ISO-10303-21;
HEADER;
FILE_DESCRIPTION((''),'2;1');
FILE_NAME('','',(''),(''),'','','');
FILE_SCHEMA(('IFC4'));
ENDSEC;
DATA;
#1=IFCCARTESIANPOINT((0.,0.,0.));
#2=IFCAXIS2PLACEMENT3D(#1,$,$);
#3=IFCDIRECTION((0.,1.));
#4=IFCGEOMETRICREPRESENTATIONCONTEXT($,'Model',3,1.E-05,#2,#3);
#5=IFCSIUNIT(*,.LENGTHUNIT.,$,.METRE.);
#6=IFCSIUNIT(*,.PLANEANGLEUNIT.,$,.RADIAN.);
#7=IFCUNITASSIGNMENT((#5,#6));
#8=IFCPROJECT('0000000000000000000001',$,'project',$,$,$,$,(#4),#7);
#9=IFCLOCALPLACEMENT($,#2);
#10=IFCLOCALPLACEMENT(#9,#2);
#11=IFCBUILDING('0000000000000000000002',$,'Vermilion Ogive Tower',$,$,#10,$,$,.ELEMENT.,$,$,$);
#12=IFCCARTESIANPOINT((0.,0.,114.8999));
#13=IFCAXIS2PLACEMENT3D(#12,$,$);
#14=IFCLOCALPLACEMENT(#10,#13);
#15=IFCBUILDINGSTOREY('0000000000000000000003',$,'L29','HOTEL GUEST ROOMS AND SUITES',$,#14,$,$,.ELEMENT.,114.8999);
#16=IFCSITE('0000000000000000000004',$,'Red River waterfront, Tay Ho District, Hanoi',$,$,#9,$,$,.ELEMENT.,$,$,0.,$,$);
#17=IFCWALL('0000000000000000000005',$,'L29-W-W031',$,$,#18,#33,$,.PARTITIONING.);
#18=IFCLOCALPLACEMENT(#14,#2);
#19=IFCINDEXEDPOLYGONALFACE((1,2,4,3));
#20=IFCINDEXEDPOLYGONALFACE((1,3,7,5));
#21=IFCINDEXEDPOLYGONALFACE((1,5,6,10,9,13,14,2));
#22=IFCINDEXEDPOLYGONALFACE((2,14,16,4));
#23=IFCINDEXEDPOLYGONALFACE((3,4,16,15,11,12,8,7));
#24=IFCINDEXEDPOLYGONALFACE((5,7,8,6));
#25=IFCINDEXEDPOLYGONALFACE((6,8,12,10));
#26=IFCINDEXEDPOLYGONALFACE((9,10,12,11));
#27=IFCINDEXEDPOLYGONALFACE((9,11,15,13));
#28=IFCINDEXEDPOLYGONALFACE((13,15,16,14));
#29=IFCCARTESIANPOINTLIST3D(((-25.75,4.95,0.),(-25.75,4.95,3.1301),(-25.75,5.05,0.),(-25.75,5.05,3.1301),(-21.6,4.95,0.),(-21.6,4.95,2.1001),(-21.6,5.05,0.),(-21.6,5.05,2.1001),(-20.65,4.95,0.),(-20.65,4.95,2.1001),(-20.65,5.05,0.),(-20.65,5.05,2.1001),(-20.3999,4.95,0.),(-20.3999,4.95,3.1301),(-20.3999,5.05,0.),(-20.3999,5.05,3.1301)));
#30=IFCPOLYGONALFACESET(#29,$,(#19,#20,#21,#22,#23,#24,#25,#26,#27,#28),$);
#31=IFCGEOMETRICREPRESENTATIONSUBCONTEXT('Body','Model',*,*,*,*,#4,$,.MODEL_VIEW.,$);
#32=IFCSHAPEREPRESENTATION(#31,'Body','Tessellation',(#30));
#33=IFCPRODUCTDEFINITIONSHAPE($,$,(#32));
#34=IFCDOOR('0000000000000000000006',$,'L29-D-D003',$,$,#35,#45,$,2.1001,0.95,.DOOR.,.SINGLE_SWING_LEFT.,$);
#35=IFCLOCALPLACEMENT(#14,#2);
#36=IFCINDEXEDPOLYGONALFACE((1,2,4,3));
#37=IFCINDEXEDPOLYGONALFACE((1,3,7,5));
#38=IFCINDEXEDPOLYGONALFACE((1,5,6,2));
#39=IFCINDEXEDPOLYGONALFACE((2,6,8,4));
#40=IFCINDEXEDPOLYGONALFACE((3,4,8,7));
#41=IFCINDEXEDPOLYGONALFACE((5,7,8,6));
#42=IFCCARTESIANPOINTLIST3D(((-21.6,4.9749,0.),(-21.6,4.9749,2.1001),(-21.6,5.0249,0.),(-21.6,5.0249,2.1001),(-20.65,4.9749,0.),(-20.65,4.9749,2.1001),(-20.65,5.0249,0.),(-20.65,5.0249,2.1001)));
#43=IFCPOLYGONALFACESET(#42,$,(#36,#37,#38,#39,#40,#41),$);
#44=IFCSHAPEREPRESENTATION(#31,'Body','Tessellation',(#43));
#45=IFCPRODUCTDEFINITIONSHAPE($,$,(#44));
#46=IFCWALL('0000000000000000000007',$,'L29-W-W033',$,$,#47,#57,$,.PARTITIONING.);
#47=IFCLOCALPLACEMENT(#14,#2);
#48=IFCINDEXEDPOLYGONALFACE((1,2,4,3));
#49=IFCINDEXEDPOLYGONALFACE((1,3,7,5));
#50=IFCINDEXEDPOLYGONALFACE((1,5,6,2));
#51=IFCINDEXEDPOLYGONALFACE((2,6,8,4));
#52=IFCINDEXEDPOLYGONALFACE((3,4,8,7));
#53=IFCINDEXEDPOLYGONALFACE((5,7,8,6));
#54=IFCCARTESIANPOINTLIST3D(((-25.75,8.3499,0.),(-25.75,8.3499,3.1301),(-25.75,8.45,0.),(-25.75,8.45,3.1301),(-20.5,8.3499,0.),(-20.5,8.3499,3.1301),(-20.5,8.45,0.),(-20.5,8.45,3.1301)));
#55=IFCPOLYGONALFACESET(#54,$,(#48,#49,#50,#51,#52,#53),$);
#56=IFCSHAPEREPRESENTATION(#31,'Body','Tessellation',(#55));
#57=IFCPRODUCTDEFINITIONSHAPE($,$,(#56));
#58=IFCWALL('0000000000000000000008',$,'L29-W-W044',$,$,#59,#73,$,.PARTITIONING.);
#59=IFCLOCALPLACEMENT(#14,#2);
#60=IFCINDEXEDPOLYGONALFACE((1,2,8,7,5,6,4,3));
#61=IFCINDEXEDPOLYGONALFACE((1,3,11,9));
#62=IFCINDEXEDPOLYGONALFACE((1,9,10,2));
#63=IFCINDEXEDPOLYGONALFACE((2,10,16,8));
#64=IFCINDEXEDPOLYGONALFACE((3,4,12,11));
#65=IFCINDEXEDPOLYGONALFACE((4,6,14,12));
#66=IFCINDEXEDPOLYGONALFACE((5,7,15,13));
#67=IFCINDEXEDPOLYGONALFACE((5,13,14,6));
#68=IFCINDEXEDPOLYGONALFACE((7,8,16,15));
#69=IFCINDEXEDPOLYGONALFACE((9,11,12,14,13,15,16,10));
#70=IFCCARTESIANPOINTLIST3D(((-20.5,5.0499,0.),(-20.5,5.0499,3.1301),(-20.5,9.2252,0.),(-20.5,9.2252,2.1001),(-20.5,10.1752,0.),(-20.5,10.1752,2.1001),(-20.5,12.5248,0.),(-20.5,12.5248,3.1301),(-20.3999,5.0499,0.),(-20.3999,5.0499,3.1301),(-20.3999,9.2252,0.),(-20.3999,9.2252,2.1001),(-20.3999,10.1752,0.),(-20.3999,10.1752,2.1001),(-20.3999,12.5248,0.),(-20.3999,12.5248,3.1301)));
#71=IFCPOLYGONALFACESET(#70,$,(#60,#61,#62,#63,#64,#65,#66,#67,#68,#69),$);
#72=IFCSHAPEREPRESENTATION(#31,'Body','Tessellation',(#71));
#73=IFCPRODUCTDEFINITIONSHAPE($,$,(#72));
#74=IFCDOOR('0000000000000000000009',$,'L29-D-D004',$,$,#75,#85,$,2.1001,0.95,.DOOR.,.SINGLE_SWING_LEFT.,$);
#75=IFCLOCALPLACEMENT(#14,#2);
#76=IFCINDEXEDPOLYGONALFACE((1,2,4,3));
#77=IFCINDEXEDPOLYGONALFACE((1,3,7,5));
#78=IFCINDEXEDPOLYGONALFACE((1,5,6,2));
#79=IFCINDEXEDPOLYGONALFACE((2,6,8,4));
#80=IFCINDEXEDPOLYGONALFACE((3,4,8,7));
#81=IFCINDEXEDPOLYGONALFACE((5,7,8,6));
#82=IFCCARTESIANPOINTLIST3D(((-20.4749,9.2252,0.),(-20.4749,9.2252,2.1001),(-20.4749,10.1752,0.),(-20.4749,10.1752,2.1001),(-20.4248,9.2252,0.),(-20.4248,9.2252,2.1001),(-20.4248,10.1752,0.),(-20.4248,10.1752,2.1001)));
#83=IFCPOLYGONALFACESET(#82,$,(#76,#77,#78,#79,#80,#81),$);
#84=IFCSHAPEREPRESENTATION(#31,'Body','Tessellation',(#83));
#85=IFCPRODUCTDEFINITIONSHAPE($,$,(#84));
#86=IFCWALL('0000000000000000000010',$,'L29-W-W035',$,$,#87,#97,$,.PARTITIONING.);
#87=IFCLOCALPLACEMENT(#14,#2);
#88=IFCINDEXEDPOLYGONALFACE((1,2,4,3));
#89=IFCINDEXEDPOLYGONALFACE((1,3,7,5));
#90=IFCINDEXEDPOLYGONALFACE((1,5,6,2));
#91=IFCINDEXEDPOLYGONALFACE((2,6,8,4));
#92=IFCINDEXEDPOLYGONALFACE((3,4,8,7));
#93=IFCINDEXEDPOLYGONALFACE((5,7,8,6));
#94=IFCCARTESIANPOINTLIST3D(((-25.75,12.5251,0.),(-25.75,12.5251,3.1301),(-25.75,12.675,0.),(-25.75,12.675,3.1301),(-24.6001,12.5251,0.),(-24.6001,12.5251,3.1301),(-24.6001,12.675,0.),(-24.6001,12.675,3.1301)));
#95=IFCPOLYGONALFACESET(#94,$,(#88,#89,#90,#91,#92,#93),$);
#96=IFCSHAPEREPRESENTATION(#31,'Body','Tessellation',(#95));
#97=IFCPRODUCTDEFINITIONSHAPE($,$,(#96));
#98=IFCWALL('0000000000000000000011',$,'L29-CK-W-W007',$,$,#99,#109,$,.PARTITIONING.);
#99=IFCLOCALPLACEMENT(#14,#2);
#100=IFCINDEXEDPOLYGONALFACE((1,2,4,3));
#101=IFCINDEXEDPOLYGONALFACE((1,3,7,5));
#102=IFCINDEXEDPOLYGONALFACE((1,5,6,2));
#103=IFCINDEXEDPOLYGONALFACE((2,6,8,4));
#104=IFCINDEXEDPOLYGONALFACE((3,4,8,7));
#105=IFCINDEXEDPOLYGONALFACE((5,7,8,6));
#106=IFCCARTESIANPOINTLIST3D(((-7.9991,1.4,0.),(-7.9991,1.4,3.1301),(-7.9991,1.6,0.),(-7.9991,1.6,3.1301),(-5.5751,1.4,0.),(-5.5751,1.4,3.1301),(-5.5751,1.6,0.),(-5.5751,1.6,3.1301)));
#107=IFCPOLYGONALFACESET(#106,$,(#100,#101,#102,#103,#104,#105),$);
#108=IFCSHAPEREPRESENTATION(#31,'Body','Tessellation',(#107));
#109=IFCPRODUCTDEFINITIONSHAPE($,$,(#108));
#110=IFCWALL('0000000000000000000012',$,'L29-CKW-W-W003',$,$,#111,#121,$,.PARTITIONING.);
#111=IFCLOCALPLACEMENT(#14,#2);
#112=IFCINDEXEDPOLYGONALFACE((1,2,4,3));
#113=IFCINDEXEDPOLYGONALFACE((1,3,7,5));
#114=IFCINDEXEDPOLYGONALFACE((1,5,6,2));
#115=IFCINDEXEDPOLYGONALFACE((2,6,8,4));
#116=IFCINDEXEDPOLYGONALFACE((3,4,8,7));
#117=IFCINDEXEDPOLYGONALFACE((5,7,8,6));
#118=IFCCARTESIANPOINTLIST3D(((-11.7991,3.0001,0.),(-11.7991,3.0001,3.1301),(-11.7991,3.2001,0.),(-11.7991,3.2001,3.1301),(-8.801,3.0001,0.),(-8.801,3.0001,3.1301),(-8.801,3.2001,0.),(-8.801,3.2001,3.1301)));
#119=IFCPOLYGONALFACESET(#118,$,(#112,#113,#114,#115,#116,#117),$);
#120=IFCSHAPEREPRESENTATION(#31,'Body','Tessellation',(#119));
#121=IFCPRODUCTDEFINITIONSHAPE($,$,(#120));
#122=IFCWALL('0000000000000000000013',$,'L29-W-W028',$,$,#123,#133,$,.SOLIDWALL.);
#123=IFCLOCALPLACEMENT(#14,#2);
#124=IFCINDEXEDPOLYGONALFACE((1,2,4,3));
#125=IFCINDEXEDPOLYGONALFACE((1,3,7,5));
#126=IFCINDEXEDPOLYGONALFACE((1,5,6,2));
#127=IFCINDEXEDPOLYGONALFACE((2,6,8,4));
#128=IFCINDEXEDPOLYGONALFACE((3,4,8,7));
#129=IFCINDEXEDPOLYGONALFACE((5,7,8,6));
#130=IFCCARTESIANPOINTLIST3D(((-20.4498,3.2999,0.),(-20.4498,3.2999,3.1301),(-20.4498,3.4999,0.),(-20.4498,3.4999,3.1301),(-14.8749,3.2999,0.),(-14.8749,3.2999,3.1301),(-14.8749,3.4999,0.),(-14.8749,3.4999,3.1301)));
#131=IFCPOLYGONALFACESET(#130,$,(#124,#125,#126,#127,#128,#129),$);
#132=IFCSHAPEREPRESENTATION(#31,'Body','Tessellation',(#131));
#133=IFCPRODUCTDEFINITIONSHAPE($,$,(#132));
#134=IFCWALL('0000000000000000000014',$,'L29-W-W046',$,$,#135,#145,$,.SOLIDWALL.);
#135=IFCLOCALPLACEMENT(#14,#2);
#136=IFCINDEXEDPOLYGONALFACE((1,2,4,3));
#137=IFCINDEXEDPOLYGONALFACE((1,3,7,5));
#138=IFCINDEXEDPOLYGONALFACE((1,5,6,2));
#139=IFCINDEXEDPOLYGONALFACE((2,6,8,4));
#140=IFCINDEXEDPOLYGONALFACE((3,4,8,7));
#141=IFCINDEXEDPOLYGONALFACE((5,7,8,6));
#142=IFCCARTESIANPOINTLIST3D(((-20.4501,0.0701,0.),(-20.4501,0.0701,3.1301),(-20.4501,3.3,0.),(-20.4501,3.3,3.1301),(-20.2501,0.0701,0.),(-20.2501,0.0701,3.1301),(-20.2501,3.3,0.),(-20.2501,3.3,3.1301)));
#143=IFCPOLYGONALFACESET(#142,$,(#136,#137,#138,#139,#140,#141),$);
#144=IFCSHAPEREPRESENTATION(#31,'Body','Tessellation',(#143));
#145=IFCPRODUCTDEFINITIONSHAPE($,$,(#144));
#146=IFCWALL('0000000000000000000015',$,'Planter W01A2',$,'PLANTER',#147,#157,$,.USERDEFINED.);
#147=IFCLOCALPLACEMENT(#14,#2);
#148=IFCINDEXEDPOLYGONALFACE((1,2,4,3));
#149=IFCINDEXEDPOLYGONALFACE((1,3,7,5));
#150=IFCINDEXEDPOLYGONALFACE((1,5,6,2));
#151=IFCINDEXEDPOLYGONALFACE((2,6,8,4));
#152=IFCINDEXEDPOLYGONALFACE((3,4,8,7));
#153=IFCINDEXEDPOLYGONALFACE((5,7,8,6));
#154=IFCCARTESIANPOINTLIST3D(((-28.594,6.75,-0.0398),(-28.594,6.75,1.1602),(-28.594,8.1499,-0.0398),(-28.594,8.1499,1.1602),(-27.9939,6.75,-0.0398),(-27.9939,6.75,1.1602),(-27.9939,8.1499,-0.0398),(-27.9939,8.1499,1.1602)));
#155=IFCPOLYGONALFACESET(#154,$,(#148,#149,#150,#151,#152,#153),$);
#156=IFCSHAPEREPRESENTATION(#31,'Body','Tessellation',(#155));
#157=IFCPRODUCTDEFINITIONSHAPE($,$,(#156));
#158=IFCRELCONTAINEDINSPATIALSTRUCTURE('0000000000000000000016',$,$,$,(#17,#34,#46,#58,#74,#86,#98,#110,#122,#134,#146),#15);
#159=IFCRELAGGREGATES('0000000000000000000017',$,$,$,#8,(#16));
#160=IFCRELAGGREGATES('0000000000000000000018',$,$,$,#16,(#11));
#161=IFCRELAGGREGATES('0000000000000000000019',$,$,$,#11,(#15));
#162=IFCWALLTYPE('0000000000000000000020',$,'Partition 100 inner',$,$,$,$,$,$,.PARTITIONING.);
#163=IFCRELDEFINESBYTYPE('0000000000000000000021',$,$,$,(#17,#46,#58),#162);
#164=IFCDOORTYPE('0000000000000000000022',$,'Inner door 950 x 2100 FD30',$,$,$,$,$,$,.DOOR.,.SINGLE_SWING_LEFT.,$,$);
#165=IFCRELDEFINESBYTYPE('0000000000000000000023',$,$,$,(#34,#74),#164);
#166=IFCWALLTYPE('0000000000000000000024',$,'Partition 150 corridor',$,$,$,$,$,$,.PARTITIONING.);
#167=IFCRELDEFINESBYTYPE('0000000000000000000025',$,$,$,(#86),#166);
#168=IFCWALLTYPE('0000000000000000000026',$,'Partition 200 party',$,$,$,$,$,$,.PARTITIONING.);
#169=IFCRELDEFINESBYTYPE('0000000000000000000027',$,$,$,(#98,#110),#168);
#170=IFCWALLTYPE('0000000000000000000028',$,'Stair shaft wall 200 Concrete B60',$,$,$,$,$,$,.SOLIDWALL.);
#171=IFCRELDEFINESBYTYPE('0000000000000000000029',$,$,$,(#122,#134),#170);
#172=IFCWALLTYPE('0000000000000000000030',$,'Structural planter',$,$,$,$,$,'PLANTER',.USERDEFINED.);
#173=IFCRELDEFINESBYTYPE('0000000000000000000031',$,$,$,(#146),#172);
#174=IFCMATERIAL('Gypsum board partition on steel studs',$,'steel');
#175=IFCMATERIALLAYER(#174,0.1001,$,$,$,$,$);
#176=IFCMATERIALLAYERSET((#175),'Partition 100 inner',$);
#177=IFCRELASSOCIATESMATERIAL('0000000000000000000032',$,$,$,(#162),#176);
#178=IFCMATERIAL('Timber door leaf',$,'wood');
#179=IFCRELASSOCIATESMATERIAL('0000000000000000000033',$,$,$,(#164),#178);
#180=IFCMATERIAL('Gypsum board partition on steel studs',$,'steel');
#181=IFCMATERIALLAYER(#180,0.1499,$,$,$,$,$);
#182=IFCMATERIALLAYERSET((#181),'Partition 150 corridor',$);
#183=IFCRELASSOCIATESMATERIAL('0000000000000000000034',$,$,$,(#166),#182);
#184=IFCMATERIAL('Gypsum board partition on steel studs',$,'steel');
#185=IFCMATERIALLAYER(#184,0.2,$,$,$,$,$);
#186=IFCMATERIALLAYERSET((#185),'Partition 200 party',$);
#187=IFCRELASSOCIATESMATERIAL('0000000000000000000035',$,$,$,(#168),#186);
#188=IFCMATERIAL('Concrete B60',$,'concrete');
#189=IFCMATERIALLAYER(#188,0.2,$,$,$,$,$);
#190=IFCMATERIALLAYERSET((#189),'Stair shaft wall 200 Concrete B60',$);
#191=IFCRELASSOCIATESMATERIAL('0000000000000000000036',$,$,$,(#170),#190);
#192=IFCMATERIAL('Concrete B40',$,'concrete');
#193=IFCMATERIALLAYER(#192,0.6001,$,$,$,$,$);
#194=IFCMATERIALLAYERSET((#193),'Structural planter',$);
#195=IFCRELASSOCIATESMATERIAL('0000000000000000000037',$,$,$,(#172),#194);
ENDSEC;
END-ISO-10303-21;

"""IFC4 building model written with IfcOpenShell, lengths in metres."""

from ifc_helpers import new_model, si_unit, direction, frame, frame_2d, origin, place, context, subcontext, project, spatial, rectangle, extrude, material, layer, layer_set, type_object, element, fill, save


model = new_model("IFC4")

# Units and contexts
model_context = context("Model", 3, precision=1e-05, world=origin(), true_north=direction((0.0, 1.0)))
body_context = subcontext(model_context, "Body", "Model", "MODEL_VIEW")
ifc_project = project(units=[si_unit("LENGTHUNIT", "METRE"), si_unit("PLANEANGLEUNIT", "RADIAN")], contexts=[model_context])

# Site, building, storey
site_placement = place(None, origin())
site = spatial("IfcSite", under=ifc_project, at=site_placement, Name="Red River waterfront, Tay Ho District, Hanoi", CompositionType="ELEMENT", RefElevation=0.0)
building_placement = place(site_placement, origin())
building = spatial("IfcBuilding", under=site, at=building_placement, Name="Vermilion Ogive Tower", CompositionType="ELEMENT")
storey_placement = place(building_placement, frame((0.0, 0.0, 114.8999)))
storey = spatial("IfcBuildingStorey", under=building, at=storey_placement, Name="L29", Description="HOTEL GUEST ROOMS AND SUITES", CompositionType="ELEMENT", Elevation=114.8999)

# Wall, opening, door
ifc_material_1 = material(Name="Gypsum board partition on steel studs", Category="steel")
ifc_layer_1 = layer(ifc_material_1, 0.1001)
ifc_layer_set_1 = layer_set([ifc_layer_1], Name="Partition 100 inner")
wall_type_1 = type_object("IfcWallType", Name="Partition 100 inner", PredefinedType="PARTITIONING", material=ifc_layer_set_1)
ifc_material_2 = material(Name="Timber door leaf", Category="wood")
door_type_1 = type_object("IfcDoorType", Name="Inner door 950 x 2100 FD30", OperationType="SINGLE_SWING_LEFT", PredefinedType="DOOR", material=ifc_material_2)
wall_1_placement = place(storey_placement, frame((-25.75, 5.0, 0.0), z_axis=(0.0, 0.0, 1.0), x_axis=(1.0, 0.0, 0.0)))
wall_1 = element("IfcWall", 1, at=wall_1_placement, inside=storey, type_object=wall_type_1, Name="L29-W-W031", PredefinedType="PARTITIONING", context=body_context, shape_type="SweptSolid", body=[
    extrude(rectangle(XDim=5.3501, YDim=0.1001, at=frame_2d((2.675, 0.0))), origin(), (0.0, 0.0, 1.0), 3.1301),
])
opening_1_placement = place(wall_1_placement, frame((4.1499, 0.0, 0.0)))
opening_1 = element("IfcOpeningElement", 2, at=opening_1_placement, cuts=wall_1, PredefinedType="OPENING", context=body_context, shape_type="SweptSolid", body=[
    extrude(rectangle(XDim=0.95, YDim=2.1001, at=frame_2d((0.4751, 1.05))), frame((0.0, 0.0601, 0.0), z_axis=(0.0, -1.0, 0.0), x_axis=(1.0, 0.0, 0.0)), (0.0, 0.0, 1.0), 0.1201),
])
door_1_placement = place(opening_1_placement, origin())
door_1 = element("IfcDoor", 3, at=door_1_placement, inside=storey, type_object=door_type_1, Name="L29-D-D003", OperationType="SINGLE_SWING_LEFT", OverallHeight=2.1001, OverallWidth=0.95, PredefinedType="DOOR", context=body_context, shape_type="SweptSolid", body=[
    extrude(rectangle(XDim=0.95, YDim=2.1001, at=frame_2d((0.4751, 1.05))), frame((0.0, 0.0249, 0.0), z_axis=(0.0, -1.0, 0.0), x_axis=(1.0, 0.0, 0.0)), (0.0, 0.0, 1.0), 0.05),
])
fill(opening_1, door_1)

# Wall
wall_2_placement = place(storey_placement, frame((-25.75, 8.3999, 0.0), z_axis=(0.0, 0.0, 1.0), x_axis=(1.0, 0.0, 0.0)))
element("IfcWall", 4, at=wall_2_placement, inside=storey, type_object=wall_type_1, Name="L29-W-W033", PredefinedType="PARTITIONING", context=body_context, shape_type="SweptSolid", body=[
    extrude(rectangle(XDim=5.25, YDim=0.1001, at=frame_2d((2.625, 0.0))), origin(), (0.0, 0.0, 1.0), 3.1301),
])

# Wall, opening, door
wall_3_placement = place(storey_placement, frame((-20.45, 5.05, 0.0), z_axis=(0.0, 0.0, 1.0), x_axis=(0.0, 1.0, 0.0)))
wall_3 = element("IfcWall", 5, at=wall_3_placement, inside=storey, type_object=wall_type_1, Name="L29-W-W044", PredefinedType="PARTITIONING", context=body_context, shape_type="SweptSolid", body=[
    extrude(rectangle(XDim=7.4749, YDim=0.1001, at=frame_2d((3.7373, 0.0))), origin(), (0.0, 0.0, 1.0), 3.1301),
])
opening_2_placement = place(wall_3_placement, frame((4.175, 0.0, 0.0)))
opening_2 = element("IfcOpeningElement", 6, at=opening_2_placement, cuts=wall_3, PredefinedType="OPENING", context=body_context, shape_type="SweptSolid", body=[
    extrude(rectangle(XDim=0.95, YDim=2.1001, at=frame_2d((0.4751, 1.05))), frame((0.0, 0.0601, 0.0), z_axis=(0.0, -1.0, 0.0), x_axis=(1.0, 0.0, 0.0)), (0.0, 0.0, 1.0), 0.1201),
])
door_2_placement = place(opening_2_placement, origin())
door_2 = element("IfcDoor", 7, at=door_2_placement, inside=storey, type_object=door_type_1, Name="L29-D-D004", OperationType="SINGLE_SWING_LEFT", OverallHeight=2.1001, OverallWidth=0.95, PredefinedType="DOOR", context=body_context, shape_type="SweptSolid", body=[
    extrude(rectangle(XDim=0.95, YDim=2.1001, at=frame_2d((0.4751, 1.05))), frame((0.0, 0.0249, 0.0), z_axis=(0.0, -1.0, 0.0), x_axis=(1.0, 0.0, 0.0)), (0.0, 0.0, 1.0), 0.05),
])
fill(opening_2, door_2)

# Walls
ifc_material_3 = material(Name="Gypsum board partition on steel studs", Category="steel")
ifc_layer_2 = layer(ifc_material_3, 0.1499)
ifc_layer_set_2 = layer_set([ifc_layer_2], Name="Partition 150 corridor")
wall_type_2 = type_object("IfcWallType", Name="Partition 150 corridor", PredefinedType="PARTITIONING", material=ifc_layer_set_2)
wall_4_placement = place(storey_placement, frame((-25.75, 12.6001, 0.0), z_axis=(0.0, 0.0, 1.0), x_axis=(1.0, 0.0, 0.0)))
element("IfcWall", 8, at=wall_4_placement, inside=storey, type_object=wall_type_2, Name="L29-W-W035", PredefinedType="PARTITIONING", context=body_context, shape_type="SweptSolid", body=[
    extrude(rectangle(XDim=1.1499, YDim=0.1499, at=frame_2d((0.575, 0.0))), origin(), (0.0, 0.0, 1.0), 3.1301),
])
ifc_material_4 = material(Name="Gypsum board partition on steel studs", Category="steel")
ifc_layer_3 = layer(ifc_material_4, 0.2)
ifc_layer_set_3 = layer_set([ifc_layer_3], Name="Partition 200 party")
wall_type_3 = type_object("IfcWallType", Name="Partition 200 party", PredefinedType="PARTITIONING", material=ifc_layer_set_3)
wall_5_placement = place(storey_placement, frame((-7.999, 1.5, 0.0), z_axis=(0.0, 0.0, 1.0), x_axis=(1.0, 0.0, 0.0)))
element("IfcWall", 9, at=wall_5_placement, inside=storey, type_object=wall_type_3, Name="L29-CK-W-W007", PredefinedType="PARTITIONING", context=body_context, shape_type="SweptSolid", body=[
    extrude(rectangle(XDim=2.4241, YDim=0.2, at=frame_2d((1.2119, 0.0))), origin(), (0.0, 0.0, 1.0), 3.1301),
])
wall_6_placement = place(storey_placement, frame((-11.7991, 3.1001, 0.0), z_axis=(0.0, 0.0, 1.0), x_axis=(1.0, 0.0, 0.0)))
element("IfcWall", 10, at=wall_6_placement, inside=storey, type_object=wall_type_3, Name="L29-CKW-W-W003", PredefinedType="PARTITIONING", context=body_context, shape_type="SweptSolid", body=[
    extrude(rectangle(XDim=2.998, YDim=0.2, at=frame_2d((1.499, 0.0))), origin(), (0.0, 0.0, 1.0), 3.1301),
])
ifc_material_5 = material(Name="Concrete B60", Category="concrete")
ifc_layer_4 = layer(ifc_material_5, 0.2)
ifc_layer_set_4 = layer_set([ifc_layer_4], Name="Stair shaft wall 200 Concrete B60")
wall_type_4 = type_object("IfcWallType", Name="Stair shaft wall 200 Concrete B60", PredefinedType="SOLIDWALL", material=ifc_layer_set_4)
wall_7_placement = place(storey_placement, frame((-20.45, 3.3999, 0.0), z_axis=(0.0, 0.0, 1.0), x_axis=(1.0, 0.0, 0.0)))
element("IfcWall", 11, at=wall_7_placement, inside=storey, type_object=wall_type_4, Name="L29-W-W028", PredefinedType="SOLIDWALL", context=body_context, shape_type="SweptSolid", body=[
    extrude(rectangle(XDim=5.575, YDim=0.2, at=frame_2d((2.7876, 0.0))), origin(), (0.0, 0.0, 1.0), 3.1301),
])
wall_8_placement = place(storey_placement, frame((-20.3501, 0.0701, 0.0), z_axis=(0.0, 0.0, 1.0), x_axis=(0.0, 1.0, 0.0)))
element("IfcWall", 12, at=wall_8_placement, inside=storey, type_object=wall_type_4, Name="L29-W-W046", PredefinedType="SOLIDWALL", context=body_context, shape_type="SweptSolid", body=[
    extrude(rectangle(XDim=3.23, YDim=0.2, at=frame_2d((1.615, 0.0))), origin(), (0.0, 0.0, 1.0), 3.1301),
])
ifc_material_6 = material(Name="Concrete B40", Category="concrete")
ifc_layer_5 = layer(ifc_material_6, 0.6001)
ifc_layer_set_5 = layer_set([ifc_layer_5], Name="Structural planter")
wall_type_5 = type_object("IfcWallType", Name="Structural planter", ElementType="PLANTER", PredefinedType="USERDEFINED", material=ifc_layer_set_5)
wall_9_placement = place(storey_placement, frame((-28.2939, 8.1499, -0.0398), z_axis=(0.0, 0.0, 1.0), x_axis=(0.0, -1.0, 0.0)))
element("IfcWall", 13, at=wall_9_placement, inside=storey, type_object=wall_type_5, Name="Planter W01A2", ObjectType="PLANTER", PredefinedType="USERDEFINED", context=body_context, shape_type="SweptSolid", body=[
    extrude(rectangle(XDim=1.3999, YDim=0.6001, at=frame_2d((0.7, 0.0))), origin(), (0.0, 0.0, 1.0), 1.2),
])

save(model, "model.ifc")
